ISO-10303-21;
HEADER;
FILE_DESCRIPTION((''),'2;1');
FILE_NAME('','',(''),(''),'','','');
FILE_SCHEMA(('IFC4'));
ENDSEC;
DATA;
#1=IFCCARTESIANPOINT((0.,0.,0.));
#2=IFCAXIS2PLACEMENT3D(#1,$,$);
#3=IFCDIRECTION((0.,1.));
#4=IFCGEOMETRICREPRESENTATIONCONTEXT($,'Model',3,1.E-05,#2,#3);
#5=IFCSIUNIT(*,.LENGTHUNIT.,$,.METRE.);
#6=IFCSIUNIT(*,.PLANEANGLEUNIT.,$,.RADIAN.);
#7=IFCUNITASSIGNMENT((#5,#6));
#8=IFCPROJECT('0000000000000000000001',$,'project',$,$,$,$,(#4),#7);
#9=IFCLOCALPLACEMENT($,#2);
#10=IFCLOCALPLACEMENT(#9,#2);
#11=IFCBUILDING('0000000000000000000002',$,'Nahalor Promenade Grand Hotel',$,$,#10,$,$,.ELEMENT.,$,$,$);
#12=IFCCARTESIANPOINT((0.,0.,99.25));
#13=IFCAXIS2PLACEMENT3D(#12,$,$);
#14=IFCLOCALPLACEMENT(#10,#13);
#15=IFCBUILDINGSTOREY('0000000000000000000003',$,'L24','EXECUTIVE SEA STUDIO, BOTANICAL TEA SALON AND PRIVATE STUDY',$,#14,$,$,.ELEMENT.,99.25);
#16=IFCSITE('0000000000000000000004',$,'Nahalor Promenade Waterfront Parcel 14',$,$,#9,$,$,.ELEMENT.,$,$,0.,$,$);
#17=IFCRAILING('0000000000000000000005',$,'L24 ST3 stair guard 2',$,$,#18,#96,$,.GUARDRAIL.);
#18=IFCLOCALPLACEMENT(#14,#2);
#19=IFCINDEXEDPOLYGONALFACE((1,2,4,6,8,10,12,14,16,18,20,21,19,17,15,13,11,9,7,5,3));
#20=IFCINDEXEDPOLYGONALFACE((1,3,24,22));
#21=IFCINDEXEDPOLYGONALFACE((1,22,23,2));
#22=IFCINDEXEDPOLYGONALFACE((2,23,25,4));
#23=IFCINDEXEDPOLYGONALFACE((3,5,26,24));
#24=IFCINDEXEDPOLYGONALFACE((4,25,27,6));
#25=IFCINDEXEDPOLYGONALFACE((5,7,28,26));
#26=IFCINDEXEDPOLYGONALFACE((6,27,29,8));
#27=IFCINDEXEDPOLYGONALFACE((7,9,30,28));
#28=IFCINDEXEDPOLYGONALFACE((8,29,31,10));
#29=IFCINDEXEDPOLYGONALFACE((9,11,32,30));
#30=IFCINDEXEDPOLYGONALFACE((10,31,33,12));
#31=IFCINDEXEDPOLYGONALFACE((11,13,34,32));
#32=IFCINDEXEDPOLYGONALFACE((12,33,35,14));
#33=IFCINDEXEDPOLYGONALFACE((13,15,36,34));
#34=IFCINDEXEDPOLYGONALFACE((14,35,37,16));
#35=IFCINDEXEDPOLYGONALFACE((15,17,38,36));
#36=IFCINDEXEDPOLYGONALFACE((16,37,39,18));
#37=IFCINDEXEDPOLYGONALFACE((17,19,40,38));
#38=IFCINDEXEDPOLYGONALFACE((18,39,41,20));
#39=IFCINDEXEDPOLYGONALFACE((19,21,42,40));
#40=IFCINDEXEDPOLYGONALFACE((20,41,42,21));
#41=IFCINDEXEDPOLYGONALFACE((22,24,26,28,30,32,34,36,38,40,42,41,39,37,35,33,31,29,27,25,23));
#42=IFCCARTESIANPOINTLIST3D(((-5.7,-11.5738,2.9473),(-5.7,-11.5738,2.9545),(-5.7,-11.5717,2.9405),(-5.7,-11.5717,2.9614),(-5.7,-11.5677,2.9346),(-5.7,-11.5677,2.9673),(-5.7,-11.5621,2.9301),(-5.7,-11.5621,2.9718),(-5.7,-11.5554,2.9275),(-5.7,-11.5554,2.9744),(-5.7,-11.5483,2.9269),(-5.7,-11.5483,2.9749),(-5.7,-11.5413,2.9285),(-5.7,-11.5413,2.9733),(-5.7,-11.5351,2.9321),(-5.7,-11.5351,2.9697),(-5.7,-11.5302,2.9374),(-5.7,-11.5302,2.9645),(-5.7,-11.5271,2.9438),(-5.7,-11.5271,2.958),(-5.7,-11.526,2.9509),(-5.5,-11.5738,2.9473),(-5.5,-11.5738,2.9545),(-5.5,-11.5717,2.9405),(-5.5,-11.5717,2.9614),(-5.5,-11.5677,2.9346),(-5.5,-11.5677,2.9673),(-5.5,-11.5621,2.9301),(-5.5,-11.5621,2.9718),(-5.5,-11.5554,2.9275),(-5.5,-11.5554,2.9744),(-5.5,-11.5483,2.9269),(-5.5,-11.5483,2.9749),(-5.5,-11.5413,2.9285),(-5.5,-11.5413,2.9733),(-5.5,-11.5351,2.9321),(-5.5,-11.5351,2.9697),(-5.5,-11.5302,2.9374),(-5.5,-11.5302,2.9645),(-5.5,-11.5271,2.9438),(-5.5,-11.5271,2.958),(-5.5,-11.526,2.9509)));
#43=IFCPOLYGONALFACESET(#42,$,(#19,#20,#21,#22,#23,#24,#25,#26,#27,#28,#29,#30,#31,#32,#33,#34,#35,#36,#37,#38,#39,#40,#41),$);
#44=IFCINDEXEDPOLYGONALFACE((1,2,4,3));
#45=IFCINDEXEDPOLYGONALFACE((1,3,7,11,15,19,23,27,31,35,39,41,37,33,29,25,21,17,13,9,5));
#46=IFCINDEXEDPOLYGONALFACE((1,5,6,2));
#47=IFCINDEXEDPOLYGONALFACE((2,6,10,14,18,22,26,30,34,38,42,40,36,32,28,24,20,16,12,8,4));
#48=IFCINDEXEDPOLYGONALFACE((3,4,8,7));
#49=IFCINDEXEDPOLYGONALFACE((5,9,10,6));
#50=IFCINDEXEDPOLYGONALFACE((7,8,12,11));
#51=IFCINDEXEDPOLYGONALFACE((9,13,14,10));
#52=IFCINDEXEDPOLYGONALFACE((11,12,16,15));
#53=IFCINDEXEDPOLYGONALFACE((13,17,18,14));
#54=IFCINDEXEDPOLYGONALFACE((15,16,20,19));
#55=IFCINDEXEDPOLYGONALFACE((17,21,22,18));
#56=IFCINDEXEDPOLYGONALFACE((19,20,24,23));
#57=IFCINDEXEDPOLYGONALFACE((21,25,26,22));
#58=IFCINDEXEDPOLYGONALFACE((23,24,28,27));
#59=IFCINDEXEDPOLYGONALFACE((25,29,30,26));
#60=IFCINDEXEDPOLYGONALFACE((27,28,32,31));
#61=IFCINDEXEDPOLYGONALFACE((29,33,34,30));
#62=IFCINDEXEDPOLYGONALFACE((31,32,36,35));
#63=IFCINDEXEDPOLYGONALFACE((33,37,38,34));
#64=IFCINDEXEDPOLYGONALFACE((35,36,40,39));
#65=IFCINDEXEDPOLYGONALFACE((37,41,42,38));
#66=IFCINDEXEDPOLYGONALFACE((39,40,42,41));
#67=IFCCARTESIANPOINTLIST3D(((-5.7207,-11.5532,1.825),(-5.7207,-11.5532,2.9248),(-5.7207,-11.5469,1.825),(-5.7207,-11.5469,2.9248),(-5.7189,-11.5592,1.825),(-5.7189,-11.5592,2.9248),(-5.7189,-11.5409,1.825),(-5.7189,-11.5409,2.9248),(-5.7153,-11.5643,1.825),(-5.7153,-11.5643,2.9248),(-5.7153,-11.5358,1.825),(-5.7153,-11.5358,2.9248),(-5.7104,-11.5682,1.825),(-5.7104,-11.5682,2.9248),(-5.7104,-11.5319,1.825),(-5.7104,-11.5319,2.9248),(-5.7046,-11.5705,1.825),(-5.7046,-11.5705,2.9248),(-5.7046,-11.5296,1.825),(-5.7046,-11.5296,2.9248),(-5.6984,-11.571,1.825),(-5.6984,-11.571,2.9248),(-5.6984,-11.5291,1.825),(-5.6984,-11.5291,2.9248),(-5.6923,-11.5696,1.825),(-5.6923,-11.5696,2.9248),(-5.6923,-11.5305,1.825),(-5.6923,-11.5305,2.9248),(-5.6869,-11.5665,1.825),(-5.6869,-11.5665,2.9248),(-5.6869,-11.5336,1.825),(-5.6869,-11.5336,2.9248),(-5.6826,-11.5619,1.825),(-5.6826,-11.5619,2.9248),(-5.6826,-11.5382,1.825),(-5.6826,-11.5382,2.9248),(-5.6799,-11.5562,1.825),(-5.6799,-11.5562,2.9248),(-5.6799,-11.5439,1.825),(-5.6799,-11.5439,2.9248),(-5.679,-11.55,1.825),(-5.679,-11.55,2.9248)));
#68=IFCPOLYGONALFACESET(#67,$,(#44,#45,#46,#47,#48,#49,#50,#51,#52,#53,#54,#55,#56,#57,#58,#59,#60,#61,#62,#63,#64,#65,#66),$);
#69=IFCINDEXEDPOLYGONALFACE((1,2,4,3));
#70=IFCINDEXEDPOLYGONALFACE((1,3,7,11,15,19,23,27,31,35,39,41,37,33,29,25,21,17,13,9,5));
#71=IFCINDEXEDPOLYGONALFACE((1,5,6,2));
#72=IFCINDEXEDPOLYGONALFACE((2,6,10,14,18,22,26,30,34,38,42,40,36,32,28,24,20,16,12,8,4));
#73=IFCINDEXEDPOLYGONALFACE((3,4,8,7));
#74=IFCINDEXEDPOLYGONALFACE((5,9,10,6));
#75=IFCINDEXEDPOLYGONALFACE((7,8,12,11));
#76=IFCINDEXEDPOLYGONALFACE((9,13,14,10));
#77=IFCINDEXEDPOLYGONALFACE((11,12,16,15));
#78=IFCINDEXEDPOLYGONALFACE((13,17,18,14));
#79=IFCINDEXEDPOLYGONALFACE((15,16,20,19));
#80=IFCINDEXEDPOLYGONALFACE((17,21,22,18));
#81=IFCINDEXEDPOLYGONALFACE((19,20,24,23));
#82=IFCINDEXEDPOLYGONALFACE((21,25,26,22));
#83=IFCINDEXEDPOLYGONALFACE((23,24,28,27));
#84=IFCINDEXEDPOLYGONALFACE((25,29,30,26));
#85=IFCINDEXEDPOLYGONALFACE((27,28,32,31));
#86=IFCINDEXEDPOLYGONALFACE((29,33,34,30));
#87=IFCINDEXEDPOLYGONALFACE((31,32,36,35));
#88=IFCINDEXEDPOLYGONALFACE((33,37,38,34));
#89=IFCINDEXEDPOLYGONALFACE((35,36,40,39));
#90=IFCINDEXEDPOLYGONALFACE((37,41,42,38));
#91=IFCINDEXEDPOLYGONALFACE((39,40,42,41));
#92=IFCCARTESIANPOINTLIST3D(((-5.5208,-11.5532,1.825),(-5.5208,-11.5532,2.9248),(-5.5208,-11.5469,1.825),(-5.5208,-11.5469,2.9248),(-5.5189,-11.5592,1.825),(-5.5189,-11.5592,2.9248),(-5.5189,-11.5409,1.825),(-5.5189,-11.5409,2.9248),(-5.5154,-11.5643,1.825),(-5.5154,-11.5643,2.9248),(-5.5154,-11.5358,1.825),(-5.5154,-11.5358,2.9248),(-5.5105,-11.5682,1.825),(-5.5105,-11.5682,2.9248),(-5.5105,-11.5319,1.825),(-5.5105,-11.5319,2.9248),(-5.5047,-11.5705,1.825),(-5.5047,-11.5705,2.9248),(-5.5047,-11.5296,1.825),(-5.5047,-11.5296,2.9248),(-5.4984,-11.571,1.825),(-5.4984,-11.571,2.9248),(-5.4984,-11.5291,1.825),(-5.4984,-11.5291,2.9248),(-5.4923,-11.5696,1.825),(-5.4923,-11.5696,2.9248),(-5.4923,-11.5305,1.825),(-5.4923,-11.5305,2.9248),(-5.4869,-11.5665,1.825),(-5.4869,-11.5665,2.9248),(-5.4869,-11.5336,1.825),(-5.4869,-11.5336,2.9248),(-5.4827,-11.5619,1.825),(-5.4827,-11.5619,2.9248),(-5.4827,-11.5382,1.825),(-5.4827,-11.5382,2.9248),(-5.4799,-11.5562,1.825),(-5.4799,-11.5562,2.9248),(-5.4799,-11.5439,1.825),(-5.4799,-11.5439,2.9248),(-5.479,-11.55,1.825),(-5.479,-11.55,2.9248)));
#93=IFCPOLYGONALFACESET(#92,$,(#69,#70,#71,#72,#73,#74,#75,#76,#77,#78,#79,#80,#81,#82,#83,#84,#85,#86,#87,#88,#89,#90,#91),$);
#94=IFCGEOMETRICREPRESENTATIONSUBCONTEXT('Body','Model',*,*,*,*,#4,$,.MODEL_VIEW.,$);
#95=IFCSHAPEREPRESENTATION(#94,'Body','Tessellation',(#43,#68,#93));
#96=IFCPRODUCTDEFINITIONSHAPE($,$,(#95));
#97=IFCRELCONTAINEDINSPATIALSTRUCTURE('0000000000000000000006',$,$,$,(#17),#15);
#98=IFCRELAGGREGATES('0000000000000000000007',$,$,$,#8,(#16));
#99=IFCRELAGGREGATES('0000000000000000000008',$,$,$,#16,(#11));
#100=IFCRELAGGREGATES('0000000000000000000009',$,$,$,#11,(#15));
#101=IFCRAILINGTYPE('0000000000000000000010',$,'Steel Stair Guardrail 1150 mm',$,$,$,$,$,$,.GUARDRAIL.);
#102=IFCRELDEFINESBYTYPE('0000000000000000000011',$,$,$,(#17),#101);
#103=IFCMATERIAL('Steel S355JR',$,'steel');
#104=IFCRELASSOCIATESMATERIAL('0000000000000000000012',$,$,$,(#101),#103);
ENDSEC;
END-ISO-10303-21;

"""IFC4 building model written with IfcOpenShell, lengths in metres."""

from ifc_helpers import new_model, si_unit, direction, frame, origin, origin_2d, place, context, subcontext, project, spatial, circle, extrude, material, type_object, element, save


model = new_model("IFC4")

# Units and contexts
model_context = context("Model", 3, precision=1e-05, world=origin(), true_north=direction((0.0, 1.0)))
body_context = subcontext(model_context, "Body", "Model", "MODEL_VIEW")
ifc_project = project(units=[si_unit("LENGTHUNIT", "METRE"), si_unit("PLANEANGLEUNIT", "RADIAN")], contexts=[model_context])

# Site, building, storey
site_placement = place(None, origin())
site = spatial("IfcSite", under=ifc_project, at=site_placement, Name="Nahalor Promenade Waterfront Parcel 14", CompositionType="ELEMENT", RefElevation=0.0)
building_placement = place(site_placement, origin())
building = spatial("IfcBuilding", under=site, at=building_placement, Name="Nahalor Promenade Grand Hotel", CompositionType="ELEMENT")
storey_placement = place(building_placement, frame((0.0, 0.0, 99.25)))
storey = spatial("IfcBuildingStorey", under=building, at=storey_placement, Name="L24", Description="EXECUTIVE SEA STUDIO, BOTANICAL TEA SALON AND PRIVATE STUDY", CompositionType="ELEMENT", Elevation=99.25)

# Shared definitions
ifc_material_1 = material(Name="Steel S355JR", Category="steel")

# Railing
railing_type_1 = type_object("IfcRailingType", Name="Steel Stair Guardrail 1150 mm", PredefinedType="GUARDRAIL", material=ifc_material_1)
railing_1_placement = place(storey_placement, frame((-5.7, -11.55, 1.825)))
element("IfcRailing", 1, at=railing_1_placement, inside=storey, type_object=railing_type_1, Name="L24 ST3 stair guard 2", PredefinedType="GUARDRAIL", context=body_context, shape_type="SweptSolid", body=[
    extrude(circle(Radius=0.024, at=origin_2d()), frame((0.0, 0.0, 1.126), z_axis=(1.0, 0.0, 0.0), x_axis=(0.0, 1.0, 0.0)), (0.0, 0.0, 1.0), 0.2),
    extrude(circle(Radius=0.021, at=origin_2d()), origin(), (0.0, 0.0, 1.0), 1.0999),
    extrude(circle(Radius=0.021, at=origin_2d()), frame((0.2, 0.0, 0.0)), (0.0, 0.0, 1.0), 1.0999),
])

save(model, "model.ifc")
